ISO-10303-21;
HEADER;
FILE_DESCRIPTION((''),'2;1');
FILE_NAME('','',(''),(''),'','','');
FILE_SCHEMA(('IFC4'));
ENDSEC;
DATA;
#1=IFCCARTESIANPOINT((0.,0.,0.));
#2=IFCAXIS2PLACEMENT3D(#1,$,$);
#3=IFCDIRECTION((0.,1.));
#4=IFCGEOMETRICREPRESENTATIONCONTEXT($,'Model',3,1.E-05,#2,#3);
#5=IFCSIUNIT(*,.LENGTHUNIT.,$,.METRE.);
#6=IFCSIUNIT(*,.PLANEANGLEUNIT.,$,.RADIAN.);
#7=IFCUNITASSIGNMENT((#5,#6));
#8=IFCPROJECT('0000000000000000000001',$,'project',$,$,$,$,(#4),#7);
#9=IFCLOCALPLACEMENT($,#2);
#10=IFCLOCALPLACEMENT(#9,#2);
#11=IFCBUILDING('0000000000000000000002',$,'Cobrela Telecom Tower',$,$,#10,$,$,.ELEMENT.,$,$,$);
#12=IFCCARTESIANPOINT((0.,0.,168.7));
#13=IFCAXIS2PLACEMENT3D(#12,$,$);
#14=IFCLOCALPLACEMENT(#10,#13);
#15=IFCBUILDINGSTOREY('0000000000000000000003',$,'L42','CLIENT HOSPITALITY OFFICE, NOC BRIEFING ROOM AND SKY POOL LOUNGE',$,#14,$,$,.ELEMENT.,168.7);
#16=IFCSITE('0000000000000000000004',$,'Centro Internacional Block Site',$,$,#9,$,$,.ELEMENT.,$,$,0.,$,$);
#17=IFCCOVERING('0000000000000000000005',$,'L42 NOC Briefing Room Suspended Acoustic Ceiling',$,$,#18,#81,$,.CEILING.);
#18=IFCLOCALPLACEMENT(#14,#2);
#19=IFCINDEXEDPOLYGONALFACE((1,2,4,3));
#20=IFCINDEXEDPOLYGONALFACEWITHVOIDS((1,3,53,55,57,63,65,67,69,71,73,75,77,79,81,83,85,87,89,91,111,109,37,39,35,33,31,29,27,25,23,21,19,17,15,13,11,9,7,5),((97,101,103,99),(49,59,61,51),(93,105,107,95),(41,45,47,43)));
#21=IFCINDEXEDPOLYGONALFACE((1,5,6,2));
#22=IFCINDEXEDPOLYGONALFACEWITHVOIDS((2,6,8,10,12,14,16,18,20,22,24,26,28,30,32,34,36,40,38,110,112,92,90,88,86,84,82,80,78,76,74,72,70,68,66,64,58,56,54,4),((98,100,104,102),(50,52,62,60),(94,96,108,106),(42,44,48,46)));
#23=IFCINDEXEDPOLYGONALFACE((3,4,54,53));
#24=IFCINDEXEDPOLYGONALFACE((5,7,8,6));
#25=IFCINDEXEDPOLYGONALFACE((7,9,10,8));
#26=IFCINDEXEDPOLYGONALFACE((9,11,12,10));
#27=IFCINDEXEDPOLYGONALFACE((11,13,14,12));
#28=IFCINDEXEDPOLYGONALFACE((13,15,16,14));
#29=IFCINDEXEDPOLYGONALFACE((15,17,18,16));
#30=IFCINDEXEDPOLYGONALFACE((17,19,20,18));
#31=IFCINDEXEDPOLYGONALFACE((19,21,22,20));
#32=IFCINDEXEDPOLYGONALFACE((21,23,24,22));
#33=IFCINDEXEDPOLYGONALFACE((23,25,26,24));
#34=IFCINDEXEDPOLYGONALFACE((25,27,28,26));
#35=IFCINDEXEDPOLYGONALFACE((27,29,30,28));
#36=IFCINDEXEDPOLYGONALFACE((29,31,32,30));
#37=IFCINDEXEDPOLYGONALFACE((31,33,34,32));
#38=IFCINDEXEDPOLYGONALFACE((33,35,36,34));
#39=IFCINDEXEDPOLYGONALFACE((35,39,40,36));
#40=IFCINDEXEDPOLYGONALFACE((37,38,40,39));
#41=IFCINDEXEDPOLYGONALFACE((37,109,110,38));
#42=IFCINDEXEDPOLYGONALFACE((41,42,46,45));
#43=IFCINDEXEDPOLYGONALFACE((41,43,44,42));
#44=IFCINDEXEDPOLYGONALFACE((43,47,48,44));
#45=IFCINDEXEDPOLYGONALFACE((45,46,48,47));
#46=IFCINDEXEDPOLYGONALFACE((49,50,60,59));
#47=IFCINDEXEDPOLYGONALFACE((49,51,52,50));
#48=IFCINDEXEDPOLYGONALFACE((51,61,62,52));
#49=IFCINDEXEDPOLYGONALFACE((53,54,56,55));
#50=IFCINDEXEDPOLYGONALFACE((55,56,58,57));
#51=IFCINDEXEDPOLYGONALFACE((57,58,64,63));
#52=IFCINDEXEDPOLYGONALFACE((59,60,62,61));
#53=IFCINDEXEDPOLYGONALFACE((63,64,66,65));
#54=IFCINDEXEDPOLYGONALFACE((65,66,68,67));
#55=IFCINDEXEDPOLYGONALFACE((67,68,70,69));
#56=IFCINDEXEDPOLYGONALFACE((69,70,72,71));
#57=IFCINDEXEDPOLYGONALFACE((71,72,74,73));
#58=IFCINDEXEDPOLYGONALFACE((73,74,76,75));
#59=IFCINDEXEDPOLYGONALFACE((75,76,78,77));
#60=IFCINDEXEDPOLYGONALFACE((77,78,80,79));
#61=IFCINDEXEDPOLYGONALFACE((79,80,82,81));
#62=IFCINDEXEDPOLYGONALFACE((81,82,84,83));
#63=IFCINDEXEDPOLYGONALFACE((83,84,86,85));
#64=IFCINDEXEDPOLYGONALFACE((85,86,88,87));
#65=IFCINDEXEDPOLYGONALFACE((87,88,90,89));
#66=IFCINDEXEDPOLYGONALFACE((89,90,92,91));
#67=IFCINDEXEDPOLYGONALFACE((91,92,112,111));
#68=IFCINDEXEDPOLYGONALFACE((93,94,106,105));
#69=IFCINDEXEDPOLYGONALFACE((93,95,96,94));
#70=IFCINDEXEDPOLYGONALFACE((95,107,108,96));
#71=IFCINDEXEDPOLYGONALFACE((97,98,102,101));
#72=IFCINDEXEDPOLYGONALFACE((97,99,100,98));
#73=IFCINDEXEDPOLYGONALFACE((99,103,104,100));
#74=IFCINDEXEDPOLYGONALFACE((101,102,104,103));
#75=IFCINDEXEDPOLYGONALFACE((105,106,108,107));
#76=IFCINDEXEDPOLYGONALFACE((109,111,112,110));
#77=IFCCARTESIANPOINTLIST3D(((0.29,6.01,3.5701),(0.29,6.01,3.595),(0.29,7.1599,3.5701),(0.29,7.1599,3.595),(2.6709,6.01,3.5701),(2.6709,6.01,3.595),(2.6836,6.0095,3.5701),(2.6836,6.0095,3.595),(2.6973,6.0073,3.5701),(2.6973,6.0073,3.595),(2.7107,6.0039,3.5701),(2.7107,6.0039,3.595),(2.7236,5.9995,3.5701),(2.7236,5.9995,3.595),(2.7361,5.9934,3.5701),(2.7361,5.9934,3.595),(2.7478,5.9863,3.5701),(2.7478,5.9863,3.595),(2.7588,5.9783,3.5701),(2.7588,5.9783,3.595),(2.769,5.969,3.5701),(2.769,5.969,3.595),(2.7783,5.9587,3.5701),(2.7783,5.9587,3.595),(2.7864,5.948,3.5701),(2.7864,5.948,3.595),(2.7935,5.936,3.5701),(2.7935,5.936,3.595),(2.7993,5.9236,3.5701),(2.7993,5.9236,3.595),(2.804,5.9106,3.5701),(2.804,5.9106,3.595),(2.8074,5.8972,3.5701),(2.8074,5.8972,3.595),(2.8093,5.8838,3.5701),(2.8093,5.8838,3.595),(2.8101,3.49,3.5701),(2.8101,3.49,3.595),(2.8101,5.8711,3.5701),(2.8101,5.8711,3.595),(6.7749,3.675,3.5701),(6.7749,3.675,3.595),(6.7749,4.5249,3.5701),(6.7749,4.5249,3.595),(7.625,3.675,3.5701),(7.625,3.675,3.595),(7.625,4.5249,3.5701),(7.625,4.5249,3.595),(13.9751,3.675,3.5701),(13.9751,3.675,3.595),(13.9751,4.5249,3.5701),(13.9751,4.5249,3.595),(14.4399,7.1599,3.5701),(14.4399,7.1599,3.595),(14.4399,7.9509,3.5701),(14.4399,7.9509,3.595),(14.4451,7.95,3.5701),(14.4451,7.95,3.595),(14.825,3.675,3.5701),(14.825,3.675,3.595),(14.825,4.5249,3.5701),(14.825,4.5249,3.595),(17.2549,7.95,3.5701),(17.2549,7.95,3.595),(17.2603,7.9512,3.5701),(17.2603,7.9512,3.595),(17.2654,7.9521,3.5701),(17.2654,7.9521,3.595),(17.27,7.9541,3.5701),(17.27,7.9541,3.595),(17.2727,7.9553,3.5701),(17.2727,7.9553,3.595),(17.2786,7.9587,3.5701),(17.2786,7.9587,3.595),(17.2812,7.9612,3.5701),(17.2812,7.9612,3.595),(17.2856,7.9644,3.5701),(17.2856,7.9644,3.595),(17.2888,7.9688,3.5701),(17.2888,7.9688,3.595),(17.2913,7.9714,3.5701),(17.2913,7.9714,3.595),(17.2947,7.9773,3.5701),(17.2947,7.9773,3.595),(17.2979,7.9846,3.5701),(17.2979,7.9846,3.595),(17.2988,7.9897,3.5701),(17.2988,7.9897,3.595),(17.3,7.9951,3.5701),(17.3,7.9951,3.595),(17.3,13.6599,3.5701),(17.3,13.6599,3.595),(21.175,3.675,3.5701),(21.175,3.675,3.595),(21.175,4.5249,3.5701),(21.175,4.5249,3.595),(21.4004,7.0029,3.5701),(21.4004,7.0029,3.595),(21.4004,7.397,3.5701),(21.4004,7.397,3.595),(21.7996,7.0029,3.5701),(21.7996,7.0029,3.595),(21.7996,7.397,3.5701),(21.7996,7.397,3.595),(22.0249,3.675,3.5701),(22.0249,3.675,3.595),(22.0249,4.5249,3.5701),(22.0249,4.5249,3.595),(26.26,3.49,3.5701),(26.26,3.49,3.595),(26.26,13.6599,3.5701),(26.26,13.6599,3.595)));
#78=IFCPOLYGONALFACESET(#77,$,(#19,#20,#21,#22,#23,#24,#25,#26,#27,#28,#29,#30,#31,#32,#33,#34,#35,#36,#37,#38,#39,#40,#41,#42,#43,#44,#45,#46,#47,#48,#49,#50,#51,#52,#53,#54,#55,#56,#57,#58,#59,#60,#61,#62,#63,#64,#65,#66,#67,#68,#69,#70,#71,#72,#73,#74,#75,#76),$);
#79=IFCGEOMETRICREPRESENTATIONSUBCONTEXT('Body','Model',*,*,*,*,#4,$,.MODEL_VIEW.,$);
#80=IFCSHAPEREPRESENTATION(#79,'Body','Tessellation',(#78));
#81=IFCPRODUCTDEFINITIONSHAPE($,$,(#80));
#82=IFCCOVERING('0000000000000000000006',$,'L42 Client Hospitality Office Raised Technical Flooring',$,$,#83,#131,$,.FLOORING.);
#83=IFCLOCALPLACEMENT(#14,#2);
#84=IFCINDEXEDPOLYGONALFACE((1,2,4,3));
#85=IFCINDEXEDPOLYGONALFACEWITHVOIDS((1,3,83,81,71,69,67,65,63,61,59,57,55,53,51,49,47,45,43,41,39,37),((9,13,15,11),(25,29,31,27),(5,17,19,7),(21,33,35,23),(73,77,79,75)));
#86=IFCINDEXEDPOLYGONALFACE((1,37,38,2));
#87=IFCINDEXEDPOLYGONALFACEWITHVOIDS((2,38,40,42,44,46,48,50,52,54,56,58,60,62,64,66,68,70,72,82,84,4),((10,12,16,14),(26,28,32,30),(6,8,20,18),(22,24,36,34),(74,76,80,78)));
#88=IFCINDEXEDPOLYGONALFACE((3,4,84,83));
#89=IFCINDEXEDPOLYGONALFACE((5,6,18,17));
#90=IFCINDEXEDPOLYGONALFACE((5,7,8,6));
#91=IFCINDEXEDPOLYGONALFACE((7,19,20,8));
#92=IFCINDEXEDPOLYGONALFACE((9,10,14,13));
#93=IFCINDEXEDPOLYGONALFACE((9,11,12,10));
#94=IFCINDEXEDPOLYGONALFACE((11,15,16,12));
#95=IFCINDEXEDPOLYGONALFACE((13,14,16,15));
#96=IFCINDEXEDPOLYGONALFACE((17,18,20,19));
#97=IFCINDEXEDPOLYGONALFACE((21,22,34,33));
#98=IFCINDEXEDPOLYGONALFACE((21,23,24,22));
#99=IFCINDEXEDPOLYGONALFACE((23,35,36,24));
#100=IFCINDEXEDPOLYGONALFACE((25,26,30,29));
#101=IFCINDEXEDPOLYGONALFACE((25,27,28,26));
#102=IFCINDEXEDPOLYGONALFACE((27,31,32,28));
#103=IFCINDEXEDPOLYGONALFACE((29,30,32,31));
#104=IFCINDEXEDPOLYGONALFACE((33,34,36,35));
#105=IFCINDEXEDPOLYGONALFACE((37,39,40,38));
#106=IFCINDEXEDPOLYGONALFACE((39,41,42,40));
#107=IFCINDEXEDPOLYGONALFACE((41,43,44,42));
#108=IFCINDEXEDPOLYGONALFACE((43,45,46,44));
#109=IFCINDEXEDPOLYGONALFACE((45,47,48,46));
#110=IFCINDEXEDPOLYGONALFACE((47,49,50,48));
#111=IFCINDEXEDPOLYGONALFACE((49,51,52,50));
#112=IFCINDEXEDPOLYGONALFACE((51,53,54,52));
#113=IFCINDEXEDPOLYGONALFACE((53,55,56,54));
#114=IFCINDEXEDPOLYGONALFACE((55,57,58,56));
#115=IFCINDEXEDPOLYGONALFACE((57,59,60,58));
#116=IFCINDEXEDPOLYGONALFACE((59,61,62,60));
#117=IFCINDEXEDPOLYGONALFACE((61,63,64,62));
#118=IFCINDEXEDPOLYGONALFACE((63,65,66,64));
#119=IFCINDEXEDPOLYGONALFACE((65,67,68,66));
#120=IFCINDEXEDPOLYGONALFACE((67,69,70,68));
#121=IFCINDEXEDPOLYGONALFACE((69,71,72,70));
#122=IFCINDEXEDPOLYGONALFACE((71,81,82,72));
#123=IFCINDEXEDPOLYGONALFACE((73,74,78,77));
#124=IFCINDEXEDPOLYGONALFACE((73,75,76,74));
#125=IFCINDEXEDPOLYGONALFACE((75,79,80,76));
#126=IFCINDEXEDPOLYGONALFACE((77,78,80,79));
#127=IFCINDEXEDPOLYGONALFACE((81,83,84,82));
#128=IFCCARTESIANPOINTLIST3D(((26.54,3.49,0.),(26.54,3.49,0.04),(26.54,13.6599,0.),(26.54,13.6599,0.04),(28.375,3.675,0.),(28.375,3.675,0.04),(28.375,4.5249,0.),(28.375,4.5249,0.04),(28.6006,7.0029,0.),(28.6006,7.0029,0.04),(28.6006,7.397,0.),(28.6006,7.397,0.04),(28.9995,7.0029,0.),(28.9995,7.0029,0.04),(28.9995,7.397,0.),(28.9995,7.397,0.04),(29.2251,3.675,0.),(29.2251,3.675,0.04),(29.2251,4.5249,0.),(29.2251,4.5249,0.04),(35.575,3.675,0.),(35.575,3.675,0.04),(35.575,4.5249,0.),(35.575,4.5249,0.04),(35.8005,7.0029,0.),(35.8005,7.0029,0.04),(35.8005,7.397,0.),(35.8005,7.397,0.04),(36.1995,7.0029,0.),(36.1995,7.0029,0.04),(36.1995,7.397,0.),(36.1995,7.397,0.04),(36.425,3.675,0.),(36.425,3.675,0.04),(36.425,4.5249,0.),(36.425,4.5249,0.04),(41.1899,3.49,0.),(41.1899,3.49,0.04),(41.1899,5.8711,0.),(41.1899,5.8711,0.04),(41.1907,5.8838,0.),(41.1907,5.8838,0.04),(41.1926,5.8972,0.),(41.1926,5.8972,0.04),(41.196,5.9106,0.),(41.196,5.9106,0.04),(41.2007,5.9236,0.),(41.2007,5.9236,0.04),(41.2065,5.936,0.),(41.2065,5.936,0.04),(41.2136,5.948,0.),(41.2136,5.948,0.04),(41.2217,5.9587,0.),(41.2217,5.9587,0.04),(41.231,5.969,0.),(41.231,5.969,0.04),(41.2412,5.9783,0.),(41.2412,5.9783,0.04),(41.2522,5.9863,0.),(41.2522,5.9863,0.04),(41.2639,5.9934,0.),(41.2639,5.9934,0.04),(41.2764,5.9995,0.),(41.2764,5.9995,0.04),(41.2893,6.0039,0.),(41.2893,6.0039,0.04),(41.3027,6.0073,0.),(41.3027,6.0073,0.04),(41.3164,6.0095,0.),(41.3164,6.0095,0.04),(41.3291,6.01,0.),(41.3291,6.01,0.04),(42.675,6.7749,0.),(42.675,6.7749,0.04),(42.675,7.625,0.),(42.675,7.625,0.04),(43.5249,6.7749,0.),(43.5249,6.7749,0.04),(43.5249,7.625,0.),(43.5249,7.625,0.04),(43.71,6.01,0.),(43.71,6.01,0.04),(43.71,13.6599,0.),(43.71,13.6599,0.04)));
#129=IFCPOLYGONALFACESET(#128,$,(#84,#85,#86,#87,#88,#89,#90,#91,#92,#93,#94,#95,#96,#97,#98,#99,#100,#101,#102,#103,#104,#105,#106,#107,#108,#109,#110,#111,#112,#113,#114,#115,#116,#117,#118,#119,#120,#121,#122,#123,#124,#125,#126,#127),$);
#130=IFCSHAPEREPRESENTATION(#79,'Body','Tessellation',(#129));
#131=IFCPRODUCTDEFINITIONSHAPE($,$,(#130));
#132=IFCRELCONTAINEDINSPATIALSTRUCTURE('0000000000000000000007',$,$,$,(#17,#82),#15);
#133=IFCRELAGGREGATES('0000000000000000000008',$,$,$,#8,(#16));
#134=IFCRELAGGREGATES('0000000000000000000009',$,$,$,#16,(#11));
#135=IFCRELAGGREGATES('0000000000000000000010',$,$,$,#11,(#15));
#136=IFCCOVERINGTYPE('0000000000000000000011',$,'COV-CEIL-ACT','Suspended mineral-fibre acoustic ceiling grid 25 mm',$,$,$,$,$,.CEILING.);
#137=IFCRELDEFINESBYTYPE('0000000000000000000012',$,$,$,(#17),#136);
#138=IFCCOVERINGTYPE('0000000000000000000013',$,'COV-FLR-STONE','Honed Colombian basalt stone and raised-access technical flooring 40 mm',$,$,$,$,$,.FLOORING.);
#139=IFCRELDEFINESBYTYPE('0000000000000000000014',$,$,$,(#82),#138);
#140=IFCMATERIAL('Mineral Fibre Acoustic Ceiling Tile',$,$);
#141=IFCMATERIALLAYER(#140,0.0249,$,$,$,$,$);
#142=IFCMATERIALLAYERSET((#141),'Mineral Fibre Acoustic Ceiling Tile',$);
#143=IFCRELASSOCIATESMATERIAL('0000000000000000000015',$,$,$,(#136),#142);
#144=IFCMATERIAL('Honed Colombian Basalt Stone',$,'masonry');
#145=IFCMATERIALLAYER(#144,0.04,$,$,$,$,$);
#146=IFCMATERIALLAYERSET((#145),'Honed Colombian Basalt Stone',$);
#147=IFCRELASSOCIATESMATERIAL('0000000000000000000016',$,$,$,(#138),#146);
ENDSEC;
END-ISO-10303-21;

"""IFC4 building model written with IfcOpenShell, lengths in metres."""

from ifc_helpers import new_model, si_unit, direction, frame, origin, place, context, subcontext, project, spatial, polyline, outline, extrude, material, layer, layer_set, type_object, element, save


model = new_model("IFC4")

# Units and contexts
model_context = context("Model", 3, precision=1e-05, world=origin(), true_north=direction((0.0, 1.0)))
body_context = subcontext(model_context, "Body", "Model", "MODEL_VIEW")
ifc_project = project(units=[si_unit("LENGTHUNIT", "METRE"), si_unit("PLANEANGLEUNIT", "RADIAN")], contexts=[model_context])

# Site, building, storey
site_placement = place(None, origin())
site = spatial("IfcSite", under=ifc_project, at=site_placement, Name="Centro Internacional Block Site", CompositionType="ELEMENT", RefElevation=0.0)
building_placement = place(site_placement, origin())
building = spatial("IfcBuilding", under=site, at=building_placement, Name="Cobrela Telecom Tower", CompositionType="ELEMENT")
storey_placement = place(building_placement, frame((0.0, 0.0, 168.7)))
storey = spatial("IfcBuildingStorey", under=building, at=storey_placement, Name="L42", Description="CLIENT HOSPITALITY OFFICE, NOC BRIEFING ROOM AND SKY POOL LOUNGE", CompositionType="ELEMENT", Elevation=168.7)

# Coverings
ifc_material_1 = material(Name="Mineral Fibre Acoustic Ceiling Tile")
ifc_layer_1 = layer(ifc_material_1, 0.0249)
ifc_layer_set_1 = layer_set([ifc_layer_1], Name="Mineral Fibre Acoustic Ceiling Tile")
covering_type_1 = type_object("IfcCoveringType", Name="COV-CEIL-ACT", Description="Suspended mineral-fibre acoustic ceiling grid 25 mm", PredefinedType="CEILING", material=ifc_layer_set_1)
covering_1_placement = place(storey_placement, frame((0.0, 0.0, 3.5701)))
element("IfcCovering", 1, at=covering_1_placement, inside=storey, type_object=covering_type_1, Name="L42 NOC Briefing Room Suspended Acoustic Ceiling", PredefinedType="CEILING", context=body_context, shape_type="SweptSolid", body=[
    extrude(outline(polyline([(2.8101, 5.8711), (2.8093, 5.8838), (2.8074, 5.8972), (2.804, 5.9106), (2.7993, 5.9236), (2.7935, 5.936), (2.7864, 5.948), (2.7783, 5.9587), (2.769, 5.969), (2.7588, 5.9783), (2.7478, 5.9863), (2.7361, 5.9934), (2.7236, 5.9995), (2.7107, 6.0039), (2.6973, 6.0073), (2.6836, 6.0095), (2.6709, 6.01), (0.29, 6.01), (0.29, 7.1599), (14.4399, 7.1599), (14.4399, 7.9509), (14.4451, 7.95), (17.2549, 7.95), (17.2603, 7.9512), (17.2654, 7.9521), (17.27, 7.9541), (17.2727, 7.9553), (17.2786, 7.9587), (17.2812, 7.9612), (17.2856, 7.9644), (17.2888, 7.9688), (17.2913, 7.9714), (17.2947, 7.9773), (17.2979, 7.9846), (17.2988, 7.9897), (17.3, 7.9951), (17.3, 13.6599), (26.26, 13.6599), (26.26, 3.49), (2.8101, 3.49), (2.8101, 5.8711)]), holes=[polyline([(7.625, 4.5249), (6.7749, 4.5249), (6.7749, 3.675), (7.625, 3.675), (7.625, 4.5249)]), polyline([(14.825, 3.675), (14.825, 4.5249), (13.9751, 4.5249), (13.9751, 3.675), (14.825, 3.675)]), polyline([(22.0249, 3.675), (22.0249, 4.5249), (21.175, 4.5249), (21.175, 3.675), (22.0249, 3.675)]), polyline([(21.7996, 7.397), (21.4004, 7.397), (21.4004, 7.0029), (21.7996, 7.0029), (21.7996, 7.397)])]), origin(), (0.0, 0.0, 1.0), 0.0249),
])
ifc_material_2 = material(Name="Honed Colombian Basalt Stone", Category="masonry")
ifc_layer_2 = layer(ifc_material_2, 0.04)
ifc_layer_set_2 = layer_set([ifc_layer_2], Name="Honed Colombian Basalt Stone")
covering_type_2 = type_object("IfcCoveringType", Name="COV-FLR-STONE", Description="Honed Colombian basalt stone and raised-access technical flooring 40 mm", PredefinedType="FLOORING", material=ifc_layer_set_2)
covering_2_placement = place(storey_placement, origin())
element("IfcCovering", 2, at=covering_2_placement, inside=storey, type_object=covering_type_2, Name="L42 Client Hospitality Office Raised Technical Flooring", PredefinedType="FLOORING", context=body_context, shape_type="SweptSolid", body=[
    extrude(outline(polyline([(43.71, 6.01), (41.3291, 6.01), (41.3164, 6.0095), (41.3027, 6.0073), (41.2893, 6.0039), (41.2764, 5.9995), (41.2639, 5.9934), (41.2522, 5.9863), (41.2412, 5.9783), (41.231, 5.969), (41.2217, 5.9587), (41.2136, 5.948), (41.2065, 5.936), (41.2007, 5.9236), (41.196, 5.9106), (41.1926, 5.8972), (41.1907, 5.8838), (41.1899, 5.8711), (41.1899, 3.49), (26.54, 3.49), (26.54, 13.6599), (43.71, 13.6599), (43.71, 6.01)]), holes=[polyline([(28.9995, 7.0029), (28.9995, 7.397), (28.6006, 7.397), (28.6006, 7.0029), (28.9995, 7.0029)]), polyline([(29.2251, 3.675), (29.2251, 4.5249), (28.375, 4.5249), (28.375, 3.675), (29.2251, 3.675)]), polyline([(36.425, 3.675), (36.425, 4.5249), (35.575, 4.5249), (35.575, 3.675), (36.425, 3.675)]), polyline([(36.1995, 7.397), (35.8005, 7.397), (35.8005, 7.0029), (36.1995, 7.0029), (36.1995, 7.397)]), polyline([(43.5249, 6.7749), (43.5249, 7.625), (42.675, 7.625), (42.675, 6.7749), (43.5249, 6.7749)])]), origin(), (0.0, 0.0, 1.0), 0.04),
])

save(model, "model.ifc")
